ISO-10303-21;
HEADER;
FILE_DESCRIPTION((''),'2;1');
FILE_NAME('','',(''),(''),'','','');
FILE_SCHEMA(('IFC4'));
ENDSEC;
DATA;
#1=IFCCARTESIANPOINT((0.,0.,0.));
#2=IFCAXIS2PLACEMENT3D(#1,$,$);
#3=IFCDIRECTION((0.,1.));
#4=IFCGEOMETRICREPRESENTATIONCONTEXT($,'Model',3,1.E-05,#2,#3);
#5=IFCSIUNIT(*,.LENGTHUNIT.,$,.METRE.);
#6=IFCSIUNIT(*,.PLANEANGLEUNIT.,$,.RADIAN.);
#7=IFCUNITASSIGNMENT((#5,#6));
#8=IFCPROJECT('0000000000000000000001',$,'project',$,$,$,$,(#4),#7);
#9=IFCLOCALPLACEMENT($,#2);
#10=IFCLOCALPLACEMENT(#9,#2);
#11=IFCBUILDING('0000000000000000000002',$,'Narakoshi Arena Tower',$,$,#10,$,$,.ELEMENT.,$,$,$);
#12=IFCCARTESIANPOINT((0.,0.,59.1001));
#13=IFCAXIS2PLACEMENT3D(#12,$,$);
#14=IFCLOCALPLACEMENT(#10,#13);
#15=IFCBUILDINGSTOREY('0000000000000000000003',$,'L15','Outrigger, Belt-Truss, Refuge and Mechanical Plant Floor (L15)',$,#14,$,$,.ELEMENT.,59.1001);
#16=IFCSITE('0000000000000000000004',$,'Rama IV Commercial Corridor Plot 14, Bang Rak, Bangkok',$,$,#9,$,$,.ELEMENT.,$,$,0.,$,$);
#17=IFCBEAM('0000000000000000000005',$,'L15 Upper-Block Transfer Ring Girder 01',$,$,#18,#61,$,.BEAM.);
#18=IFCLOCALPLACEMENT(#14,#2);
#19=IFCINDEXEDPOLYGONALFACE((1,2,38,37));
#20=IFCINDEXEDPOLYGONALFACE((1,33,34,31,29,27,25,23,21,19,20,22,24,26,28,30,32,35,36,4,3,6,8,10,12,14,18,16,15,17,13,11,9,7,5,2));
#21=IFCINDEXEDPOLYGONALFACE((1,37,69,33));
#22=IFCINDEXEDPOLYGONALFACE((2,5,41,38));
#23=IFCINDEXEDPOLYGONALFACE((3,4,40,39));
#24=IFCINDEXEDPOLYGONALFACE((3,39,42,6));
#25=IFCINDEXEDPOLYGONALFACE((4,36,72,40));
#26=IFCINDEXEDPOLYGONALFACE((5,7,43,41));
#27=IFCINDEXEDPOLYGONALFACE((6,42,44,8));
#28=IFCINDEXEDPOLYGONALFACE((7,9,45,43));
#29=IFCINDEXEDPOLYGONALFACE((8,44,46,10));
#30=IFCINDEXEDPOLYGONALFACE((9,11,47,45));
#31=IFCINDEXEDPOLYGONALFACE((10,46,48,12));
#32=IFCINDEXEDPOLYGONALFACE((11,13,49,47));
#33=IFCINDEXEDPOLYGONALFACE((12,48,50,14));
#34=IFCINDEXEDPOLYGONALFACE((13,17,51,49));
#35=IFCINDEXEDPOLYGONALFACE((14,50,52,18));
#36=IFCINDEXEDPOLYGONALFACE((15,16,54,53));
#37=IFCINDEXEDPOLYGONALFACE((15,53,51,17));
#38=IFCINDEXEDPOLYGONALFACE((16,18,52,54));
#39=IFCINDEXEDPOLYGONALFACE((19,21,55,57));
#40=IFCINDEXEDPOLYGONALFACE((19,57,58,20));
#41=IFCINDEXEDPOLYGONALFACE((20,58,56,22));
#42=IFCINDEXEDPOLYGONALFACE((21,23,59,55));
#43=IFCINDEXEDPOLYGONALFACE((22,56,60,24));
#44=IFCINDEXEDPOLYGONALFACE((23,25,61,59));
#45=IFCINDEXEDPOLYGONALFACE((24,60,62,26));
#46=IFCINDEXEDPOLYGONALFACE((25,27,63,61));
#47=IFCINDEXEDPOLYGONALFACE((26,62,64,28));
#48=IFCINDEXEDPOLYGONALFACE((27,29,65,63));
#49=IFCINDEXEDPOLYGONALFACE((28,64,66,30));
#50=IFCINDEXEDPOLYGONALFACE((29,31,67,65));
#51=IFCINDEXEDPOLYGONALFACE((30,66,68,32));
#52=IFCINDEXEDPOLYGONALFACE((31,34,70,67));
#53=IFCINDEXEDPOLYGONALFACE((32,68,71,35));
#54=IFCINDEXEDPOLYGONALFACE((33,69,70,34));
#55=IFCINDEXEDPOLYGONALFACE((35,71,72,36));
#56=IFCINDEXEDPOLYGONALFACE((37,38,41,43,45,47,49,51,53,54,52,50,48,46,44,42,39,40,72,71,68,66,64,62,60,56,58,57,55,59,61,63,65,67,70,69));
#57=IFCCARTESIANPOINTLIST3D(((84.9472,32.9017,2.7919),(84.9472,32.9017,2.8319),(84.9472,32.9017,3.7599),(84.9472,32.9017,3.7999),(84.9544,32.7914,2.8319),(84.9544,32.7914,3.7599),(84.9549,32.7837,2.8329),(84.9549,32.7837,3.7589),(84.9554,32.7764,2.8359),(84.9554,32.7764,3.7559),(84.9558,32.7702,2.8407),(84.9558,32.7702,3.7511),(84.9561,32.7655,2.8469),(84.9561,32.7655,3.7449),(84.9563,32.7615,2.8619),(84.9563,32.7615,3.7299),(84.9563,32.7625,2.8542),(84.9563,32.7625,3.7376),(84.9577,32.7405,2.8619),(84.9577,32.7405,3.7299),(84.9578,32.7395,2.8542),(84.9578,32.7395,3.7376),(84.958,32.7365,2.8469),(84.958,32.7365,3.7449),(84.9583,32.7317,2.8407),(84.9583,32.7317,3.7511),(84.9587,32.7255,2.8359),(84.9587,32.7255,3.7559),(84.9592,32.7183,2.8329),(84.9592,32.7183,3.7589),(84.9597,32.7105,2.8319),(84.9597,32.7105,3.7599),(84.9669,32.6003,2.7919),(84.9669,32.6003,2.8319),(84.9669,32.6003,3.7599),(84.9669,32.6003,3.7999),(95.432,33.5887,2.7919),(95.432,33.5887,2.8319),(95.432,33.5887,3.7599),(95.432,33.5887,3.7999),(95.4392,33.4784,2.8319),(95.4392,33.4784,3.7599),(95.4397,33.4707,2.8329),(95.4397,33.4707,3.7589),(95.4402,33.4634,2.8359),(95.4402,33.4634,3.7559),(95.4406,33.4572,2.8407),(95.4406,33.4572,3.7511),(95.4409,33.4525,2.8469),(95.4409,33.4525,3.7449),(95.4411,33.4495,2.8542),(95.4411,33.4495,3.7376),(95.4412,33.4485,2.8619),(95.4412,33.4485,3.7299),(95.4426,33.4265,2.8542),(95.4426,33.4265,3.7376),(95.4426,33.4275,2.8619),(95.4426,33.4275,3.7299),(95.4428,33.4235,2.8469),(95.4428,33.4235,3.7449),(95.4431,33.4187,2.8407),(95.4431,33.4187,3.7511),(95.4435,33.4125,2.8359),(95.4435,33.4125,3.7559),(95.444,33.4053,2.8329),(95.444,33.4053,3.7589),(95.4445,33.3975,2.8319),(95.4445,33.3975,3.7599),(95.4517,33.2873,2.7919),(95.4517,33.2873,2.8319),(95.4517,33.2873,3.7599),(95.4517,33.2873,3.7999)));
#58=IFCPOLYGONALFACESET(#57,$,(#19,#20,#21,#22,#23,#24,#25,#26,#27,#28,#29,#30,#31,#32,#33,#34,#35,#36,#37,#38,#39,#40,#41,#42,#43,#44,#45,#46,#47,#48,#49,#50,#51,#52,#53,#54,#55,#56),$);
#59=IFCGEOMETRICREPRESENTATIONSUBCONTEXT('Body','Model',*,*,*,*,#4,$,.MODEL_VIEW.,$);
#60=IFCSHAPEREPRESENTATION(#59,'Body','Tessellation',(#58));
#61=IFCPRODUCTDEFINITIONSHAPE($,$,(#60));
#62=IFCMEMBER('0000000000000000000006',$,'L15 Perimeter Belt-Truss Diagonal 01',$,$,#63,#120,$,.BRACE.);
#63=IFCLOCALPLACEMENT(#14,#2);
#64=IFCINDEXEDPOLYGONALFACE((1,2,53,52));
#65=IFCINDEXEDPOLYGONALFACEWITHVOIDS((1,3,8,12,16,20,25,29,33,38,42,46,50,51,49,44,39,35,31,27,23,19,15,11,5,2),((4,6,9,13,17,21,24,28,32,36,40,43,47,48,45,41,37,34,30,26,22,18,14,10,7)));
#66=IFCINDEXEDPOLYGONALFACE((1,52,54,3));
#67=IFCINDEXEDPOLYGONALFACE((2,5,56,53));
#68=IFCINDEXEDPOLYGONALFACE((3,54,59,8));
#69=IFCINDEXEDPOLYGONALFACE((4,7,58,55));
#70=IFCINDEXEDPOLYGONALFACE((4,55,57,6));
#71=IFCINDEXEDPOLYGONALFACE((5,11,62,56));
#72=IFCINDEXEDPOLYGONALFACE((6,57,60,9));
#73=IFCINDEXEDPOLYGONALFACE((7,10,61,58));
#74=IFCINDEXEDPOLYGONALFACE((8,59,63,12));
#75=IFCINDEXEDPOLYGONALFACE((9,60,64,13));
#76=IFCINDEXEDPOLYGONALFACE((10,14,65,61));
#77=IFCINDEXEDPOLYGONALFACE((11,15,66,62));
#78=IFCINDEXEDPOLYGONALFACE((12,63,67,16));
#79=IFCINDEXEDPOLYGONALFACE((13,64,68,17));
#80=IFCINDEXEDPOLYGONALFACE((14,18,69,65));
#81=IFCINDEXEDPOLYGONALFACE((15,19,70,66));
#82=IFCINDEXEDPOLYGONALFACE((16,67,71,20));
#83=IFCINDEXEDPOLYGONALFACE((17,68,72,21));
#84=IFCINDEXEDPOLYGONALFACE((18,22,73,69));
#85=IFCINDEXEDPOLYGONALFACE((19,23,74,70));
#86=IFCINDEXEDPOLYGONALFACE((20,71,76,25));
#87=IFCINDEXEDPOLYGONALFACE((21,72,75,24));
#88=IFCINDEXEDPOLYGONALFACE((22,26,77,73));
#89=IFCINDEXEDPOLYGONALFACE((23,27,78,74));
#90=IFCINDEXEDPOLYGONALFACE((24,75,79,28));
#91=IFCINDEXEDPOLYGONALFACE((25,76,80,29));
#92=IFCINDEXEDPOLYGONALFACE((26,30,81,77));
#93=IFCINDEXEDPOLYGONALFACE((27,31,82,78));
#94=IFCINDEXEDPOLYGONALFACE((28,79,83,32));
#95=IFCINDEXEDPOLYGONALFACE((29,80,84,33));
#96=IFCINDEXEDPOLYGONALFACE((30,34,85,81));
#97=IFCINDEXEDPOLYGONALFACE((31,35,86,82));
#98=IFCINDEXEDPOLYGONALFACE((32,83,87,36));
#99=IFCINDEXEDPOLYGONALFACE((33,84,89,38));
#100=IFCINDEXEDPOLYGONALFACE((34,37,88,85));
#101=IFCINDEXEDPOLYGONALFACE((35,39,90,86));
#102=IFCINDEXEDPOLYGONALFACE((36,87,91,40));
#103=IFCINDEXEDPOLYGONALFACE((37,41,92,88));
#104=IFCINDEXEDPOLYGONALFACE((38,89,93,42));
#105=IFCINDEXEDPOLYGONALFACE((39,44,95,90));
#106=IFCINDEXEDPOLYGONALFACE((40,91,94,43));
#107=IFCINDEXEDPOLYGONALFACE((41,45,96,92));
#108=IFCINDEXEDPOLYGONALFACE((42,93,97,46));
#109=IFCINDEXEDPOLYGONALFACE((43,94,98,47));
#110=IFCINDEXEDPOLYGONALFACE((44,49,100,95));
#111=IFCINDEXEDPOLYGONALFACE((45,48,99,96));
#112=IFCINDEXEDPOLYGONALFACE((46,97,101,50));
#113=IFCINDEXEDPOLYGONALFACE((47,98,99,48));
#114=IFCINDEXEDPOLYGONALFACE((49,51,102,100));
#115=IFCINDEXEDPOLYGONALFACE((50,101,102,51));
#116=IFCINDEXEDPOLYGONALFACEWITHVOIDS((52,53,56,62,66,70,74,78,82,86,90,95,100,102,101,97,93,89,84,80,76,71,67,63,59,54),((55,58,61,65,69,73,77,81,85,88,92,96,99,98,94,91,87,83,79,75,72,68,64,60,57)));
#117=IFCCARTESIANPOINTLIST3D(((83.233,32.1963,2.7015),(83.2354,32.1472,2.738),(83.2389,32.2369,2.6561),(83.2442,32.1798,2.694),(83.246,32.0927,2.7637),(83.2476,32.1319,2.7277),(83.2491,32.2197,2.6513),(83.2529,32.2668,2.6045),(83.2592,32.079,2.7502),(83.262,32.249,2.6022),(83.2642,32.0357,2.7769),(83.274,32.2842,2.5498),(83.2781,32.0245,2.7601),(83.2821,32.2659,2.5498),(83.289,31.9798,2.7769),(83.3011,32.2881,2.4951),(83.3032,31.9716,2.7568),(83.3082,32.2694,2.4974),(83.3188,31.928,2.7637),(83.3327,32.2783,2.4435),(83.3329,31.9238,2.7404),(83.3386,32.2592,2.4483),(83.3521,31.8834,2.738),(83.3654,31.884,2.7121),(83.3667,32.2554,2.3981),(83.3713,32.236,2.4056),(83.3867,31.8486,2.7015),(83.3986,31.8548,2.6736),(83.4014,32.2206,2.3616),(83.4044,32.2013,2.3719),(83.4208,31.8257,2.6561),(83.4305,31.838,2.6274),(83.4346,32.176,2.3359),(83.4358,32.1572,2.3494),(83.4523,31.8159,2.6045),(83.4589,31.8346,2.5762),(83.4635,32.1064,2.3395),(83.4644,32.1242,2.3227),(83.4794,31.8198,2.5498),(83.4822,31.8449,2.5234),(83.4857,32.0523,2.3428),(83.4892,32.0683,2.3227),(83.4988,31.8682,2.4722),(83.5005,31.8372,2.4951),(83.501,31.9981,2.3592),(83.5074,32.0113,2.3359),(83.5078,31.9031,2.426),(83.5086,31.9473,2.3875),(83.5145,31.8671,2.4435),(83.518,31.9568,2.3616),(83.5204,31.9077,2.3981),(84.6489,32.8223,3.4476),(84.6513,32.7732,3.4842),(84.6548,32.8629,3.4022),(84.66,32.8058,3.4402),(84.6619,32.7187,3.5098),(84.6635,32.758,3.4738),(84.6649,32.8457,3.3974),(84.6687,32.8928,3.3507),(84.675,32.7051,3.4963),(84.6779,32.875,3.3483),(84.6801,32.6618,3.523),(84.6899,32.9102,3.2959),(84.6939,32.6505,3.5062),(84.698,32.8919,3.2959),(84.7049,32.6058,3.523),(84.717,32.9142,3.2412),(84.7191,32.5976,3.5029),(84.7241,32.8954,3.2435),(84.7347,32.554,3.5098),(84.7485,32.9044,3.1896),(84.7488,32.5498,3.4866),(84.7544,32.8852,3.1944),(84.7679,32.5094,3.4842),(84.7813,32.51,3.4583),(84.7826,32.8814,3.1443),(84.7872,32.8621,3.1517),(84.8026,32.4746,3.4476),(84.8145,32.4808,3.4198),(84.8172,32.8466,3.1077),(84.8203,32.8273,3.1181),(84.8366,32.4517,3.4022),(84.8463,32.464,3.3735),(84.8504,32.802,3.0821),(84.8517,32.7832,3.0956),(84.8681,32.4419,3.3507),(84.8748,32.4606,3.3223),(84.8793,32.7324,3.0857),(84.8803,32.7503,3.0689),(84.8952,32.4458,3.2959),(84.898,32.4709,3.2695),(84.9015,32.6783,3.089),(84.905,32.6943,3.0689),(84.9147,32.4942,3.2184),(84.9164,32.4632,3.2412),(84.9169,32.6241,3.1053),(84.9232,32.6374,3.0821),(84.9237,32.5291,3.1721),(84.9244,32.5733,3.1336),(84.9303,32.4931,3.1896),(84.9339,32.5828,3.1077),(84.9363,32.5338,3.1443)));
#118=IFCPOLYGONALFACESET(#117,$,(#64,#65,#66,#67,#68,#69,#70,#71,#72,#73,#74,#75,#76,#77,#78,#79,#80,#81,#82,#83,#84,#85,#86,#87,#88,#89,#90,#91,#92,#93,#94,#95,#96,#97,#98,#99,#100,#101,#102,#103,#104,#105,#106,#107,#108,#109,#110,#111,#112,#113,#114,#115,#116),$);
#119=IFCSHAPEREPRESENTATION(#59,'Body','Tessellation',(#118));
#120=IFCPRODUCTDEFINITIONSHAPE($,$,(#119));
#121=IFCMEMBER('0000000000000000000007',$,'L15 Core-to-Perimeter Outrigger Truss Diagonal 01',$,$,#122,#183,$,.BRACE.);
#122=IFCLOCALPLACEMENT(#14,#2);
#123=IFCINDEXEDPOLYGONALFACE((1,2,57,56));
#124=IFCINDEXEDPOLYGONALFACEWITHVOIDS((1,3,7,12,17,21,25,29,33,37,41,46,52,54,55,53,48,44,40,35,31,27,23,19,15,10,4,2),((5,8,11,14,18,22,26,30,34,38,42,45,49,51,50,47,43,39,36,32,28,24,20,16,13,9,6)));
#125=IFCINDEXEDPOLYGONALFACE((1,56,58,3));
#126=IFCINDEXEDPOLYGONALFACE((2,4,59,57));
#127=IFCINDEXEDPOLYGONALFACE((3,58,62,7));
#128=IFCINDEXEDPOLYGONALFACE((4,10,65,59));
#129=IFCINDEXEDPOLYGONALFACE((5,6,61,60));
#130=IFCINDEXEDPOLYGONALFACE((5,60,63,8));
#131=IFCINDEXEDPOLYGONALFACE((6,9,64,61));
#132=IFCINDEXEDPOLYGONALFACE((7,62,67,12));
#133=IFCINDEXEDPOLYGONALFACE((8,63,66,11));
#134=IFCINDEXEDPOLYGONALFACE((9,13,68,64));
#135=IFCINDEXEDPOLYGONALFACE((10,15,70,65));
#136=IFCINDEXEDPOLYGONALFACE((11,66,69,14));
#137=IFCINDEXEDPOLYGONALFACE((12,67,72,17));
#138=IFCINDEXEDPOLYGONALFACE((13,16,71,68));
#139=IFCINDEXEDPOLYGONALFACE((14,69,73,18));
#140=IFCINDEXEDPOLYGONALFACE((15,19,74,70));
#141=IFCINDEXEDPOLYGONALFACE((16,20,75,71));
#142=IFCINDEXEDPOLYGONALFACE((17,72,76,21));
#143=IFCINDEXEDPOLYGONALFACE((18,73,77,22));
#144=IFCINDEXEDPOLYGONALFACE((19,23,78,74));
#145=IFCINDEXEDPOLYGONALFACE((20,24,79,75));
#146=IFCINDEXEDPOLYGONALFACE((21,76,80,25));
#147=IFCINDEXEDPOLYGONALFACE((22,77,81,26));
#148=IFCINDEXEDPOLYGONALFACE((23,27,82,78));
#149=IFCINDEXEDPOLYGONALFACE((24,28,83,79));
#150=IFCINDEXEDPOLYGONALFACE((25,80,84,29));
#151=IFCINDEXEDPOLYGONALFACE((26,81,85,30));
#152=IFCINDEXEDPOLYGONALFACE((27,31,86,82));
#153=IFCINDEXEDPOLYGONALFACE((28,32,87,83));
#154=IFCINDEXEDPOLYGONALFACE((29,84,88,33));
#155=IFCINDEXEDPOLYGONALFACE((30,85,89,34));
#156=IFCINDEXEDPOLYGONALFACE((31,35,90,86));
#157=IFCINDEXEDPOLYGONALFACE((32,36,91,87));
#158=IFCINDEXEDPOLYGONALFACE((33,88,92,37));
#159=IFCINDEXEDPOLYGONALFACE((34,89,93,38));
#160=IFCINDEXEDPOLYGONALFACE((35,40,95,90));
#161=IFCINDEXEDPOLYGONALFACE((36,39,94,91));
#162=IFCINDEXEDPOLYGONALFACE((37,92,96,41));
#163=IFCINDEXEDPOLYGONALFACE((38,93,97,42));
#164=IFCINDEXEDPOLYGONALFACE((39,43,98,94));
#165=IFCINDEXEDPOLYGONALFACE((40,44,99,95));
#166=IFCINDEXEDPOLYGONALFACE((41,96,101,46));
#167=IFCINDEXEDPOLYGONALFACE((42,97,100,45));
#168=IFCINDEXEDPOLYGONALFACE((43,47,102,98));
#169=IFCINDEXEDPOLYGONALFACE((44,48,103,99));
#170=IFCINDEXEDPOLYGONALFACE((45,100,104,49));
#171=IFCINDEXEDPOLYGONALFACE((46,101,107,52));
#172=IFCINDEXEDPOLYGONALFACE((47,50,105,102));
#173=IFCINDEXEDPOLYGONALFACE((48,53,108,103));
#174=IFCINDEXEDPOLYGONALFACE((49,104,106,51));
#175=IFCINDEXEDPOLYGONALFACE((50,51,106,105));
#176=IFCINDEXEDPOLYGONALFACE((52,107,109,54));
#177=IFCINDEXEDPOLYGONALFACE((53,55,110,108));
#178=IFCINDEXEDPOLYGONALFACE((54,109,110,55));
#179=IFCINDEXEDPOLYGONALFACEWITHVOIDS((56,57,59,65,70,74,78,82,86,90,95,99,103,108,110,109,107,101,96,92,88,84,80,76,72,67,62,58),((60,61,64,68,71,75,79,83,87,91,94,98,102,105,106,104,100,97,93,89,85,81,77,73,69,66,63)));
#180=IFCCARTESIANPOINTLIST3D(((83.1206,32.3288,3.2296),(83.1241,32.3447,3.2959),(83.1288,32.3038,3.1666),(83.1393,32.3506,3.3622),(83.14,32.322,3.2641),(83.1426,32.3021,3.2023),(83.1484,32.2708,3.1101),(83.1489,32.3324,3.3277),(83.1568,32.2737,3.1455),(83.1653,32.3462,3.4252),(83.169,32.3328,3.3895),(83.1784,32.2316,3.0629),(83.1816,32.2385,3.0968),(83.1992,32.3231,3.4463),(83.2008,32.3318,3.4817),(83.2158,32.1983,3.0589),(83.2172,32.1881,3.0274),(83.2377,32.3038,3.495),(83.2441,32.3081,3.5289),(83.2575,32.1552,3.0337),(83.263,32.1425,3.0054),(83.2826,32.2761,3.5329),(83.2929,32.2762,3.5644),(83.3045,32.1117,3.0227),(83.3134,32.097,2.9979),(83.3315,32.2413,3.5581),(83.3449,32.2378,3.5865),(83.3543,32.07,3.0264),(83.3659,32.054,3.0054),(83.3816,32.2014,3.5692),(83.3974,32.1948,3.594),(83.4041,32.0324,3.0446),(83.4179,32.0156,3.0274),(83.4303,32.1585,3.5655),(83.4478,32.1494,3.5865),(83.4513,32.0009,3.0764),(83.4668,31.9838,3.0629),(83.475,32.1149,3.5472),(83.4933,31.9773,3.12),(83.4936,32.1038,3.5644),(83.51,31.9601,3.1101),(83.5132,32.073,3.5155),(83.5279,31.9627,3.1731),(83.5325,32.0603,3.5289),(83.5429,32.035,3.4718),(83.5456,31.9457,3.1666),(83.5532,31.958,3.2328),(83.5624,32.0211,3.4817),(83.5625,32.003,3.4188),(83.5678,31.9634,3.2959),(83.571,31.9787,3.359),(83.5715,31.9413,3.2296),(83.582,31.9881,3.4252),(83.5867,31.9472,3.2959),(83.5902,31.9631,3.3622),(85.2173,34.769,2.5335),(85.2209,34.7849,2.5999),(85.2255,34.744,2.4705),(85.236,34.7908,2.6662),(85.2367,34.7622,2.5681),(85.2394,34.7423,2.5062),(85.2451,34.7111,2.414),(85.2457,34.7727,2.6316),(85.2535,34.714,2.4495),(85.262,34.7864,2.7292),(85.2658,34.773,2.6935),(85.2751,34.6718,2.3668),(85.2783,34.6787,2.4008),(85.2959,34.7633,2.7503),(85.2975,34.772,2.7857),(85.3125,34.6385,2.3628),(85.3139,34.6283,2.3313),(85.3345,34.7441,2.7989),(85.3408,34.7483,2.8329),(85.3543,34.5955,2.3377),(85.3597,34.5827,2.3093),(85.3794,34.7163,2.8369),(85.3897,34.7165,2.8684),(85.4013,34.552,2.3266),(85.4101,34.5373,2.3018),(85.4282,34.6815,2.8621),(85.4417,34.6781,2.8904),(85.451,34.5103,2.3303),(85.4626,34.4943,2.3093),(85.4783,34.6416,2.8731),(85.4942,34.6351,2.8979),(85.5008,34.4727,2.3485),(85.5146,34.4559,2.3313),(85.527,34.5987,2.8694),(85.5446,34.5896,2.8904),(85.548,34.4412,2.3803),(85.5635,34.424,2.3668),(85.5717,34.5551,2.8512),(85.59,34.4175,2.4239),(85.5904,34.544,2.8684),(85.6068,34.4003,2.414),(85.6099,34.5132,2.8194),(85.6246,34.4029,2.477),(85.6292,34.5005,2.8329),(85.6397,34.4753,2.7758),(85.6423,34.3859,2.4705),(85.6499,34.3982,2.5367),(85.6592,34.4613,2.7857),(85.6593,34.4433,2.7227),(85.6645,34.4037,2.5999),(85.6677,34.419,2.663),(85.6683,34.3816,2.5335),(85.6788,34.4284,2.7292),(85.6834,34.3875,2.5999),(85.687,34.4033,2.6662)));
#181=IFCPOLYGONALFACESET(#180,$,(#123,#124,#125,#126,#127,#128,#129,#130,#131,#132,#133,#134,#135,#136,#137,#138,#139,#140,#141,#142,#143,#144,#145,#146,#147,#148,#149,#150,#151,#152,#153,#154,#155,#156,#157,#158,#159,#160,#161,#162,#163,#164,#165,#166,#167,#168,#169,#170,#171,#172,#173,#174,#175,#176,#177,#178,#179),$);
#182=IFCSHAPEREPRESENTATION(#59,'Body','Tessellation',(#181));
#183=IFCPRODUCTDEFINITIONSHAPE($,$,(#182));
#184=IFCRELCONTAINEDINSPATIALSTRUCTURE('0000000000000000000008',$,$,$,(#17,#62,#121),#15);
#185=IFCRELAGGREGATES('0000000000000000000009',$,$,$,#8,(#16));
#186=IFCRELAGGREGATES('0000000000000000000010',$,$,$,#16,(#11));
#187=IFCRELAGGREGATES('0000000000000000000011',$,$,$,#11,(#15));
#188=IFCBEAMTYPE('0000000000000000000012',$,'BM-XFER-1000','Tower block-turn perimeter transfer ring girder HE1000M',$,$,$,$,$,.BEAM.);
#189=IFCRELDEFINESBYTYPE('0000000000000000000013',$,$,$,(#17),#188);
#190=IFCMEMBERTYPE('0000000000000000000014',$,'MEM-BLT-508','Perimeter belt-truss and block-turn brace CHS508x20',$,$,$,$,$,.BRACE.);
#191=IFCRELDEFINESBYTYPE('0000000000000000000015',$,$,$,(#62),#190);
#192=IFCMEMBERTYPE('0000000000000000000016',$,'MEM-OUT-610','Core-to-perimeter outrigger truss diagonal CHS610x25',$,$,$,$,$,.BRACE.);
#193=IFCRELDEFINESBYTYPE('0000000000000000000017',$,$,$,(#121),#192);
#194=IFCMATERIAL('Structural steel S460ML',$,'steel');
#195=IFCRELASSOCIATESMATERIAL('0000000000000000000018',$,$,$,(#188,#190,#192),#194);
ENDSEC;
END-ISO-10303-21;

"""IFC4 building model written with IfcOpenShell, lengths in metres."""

from ifc_helpers import new_model, si_unit, direction, frame, origin, origin_2d, place, context, subcontext, project, spatial, hollow_circle, i_section, extrude, material, material_profile, profile_set, type_object, element, save


model = new_model("IFC4")

# Units and contexts
model_context = context("Model", 3, precision=1e-05, world=origin(), true_north=direction((0.0, 1.0)))
body_context = subcontext(model_context, "Body", "Model", "MODEL_VIEW")
ifc_project = project(units=[si_unit("LENGTHUNIT", "METRE"), si_unit("PLANEANGLEUNIT", "RADIAN")], contexts=[model_context])

# Site, building, storey
site_placement = place(None, origin())
site = spatial("IfcSite", under=ifc_project, at=site_placement, Name="Rama IV Commercial Corridor Plot 14, Bang Rak, Bangkok", CompositionType="ELEMENT", RefElevation=0.0)
building_placement = place(site_placement, origin())
building = spatial("IfcBuilding", under=site, at=building_placement, Name="Narakoshi Arena Tower", CompositionType="ELEMENT")
storey_placement = place(building_placement, frame((0.0, 0.0, 59.1001)))
storey = spatial("IfcBuildingStorey", under=building, at=storey_placement, Name="L15", Description="Outrigger, Belt-Truss, Refuge and Mechanical Plant Floor (L15)", CompositionType="ELEMENT", Elevation=59.1001)

# Shared definitions
ifc_material_1 = material(Name="Structural steel S460ML", Category="steel")

# Beam
ifc_material_profile_1 = material_profile(ifc_material_1, i_section(OverallWidth=0.302, OverallDepth=1.0081, WebThickness=0.021, FlangeThickness=0.04, FilletRadius=0.03, at=origin_2d()), Name="HE1000M")
ifc_profile_set_1 = profile_set([ifc_material_profile_1], Name="Structural steel S460ML")
beam_type = type_object("IfcBeamType", Name="BM-XFER-1000", Description="Tower block-turn perimeter transfer ring girder HE1000M", PredefinedType="BEAM", material=ifc_profile_set_1)
beam_1_placement = place(storey_placement, frame((84.957, 32.751, 3.2959), z_axis=(0.99786, 0.065384, 0.0), x_axis=(-0.065384, 0.99786, 0.0)))
element("IfcBeam", 1, at=beam_1_placement, inside=storey, type_object=beam_type, Name="L15 Upper-Block Transfer Ring Girder 01", PredefinedType="BEAM", context=body_context, shape_type="SweptSolid", body=[
    extrude(i_section(OverallWidth=0.302, OverallDepth=1.0081, WebThickness=0.021, FlangeThickness=0.04, FilletRadius=0.03, at=origin_2d()), origin(), (0.0, 0.0, 1.0), 10.5073),
])

# Members
ifc_material_profile_2 = material_profile(ifc_material_1, hollow_circle(Radius=0.2539, WallThickness=0.02, at=origin_2d()), Name="CHS508x20")
ifc_profile_set_2 = profile_set([ifc_material_profile_2], Name="Structural steel S460ML")
member_type_1 = type_object("IfcMemberType", Name="MEM-BLT-508", Description="Perimeter belt-truss and block-turn brace CHS508x20", PredefinedType="BRACE", material=ifc_profile_set_2)
member_1_placement = place(storey_placement, frame((83.3767, 32.052, 2.5498), z_axis=(0.823888, 0.364278, 0.434178), x_axis=(-0.404382, 0.91459, 0.0)))
element("IfcMember", 2, at=member_1_placement, inside=storey, type_object=member_type_1, Name="L15 Perimeter Belt-Truss Diagonal 01", PredefinedType="BRACE", context=body_context, shape_type="SweptSolid", body=[
    extrude(hollow_circle(Radius=0.2539, WallThickness=0.02, at=origin_2d()), origin(), (0.0, 0.0, 1.0), 1.7185),
])
ifc_material_profile_3 = material_profile(ifc_material_1, hollow_circle(Radius=0.3049, WallThickness=0.0249, at=origin_2d()), Name="CHS610x25")
ifc_profile_set_3 = profile_set([ifc_material_profile_3], Name="Structural steel S460ML")
member_type_2 = type_object("IfcMemberType", Name="MEM-OUT-610", Description="Core-to-perimeter outrigger truss diagonal CHS610x25", PredefinedType="BRACE", material=ifc_profile_set_3)
member_2_placement = place(storey_placement, frame((85.4521, 34.5862, 2.5999), z_axis=(-0.636967, -0.741323, 0.211457), x_axis=(0.758474, -0.651703, 0.0)))
element("IfcMember", 3, at=member_2_placement, inside=storey, type_object=member_type_2, Name="L15 Core-to-Perimeter Outrigger Truss Diagonal 01", PredefinedType="BRACE", context=body_context, shape_type="SweptSolid", body=[
    extrude(hollow_circle(Radius=0.3049, WallThickness=0.0249, at=origin_2d()), origin(), (0.0, 0.0, 1.0), 3.2917),
])

save(model, "model.ifc")
